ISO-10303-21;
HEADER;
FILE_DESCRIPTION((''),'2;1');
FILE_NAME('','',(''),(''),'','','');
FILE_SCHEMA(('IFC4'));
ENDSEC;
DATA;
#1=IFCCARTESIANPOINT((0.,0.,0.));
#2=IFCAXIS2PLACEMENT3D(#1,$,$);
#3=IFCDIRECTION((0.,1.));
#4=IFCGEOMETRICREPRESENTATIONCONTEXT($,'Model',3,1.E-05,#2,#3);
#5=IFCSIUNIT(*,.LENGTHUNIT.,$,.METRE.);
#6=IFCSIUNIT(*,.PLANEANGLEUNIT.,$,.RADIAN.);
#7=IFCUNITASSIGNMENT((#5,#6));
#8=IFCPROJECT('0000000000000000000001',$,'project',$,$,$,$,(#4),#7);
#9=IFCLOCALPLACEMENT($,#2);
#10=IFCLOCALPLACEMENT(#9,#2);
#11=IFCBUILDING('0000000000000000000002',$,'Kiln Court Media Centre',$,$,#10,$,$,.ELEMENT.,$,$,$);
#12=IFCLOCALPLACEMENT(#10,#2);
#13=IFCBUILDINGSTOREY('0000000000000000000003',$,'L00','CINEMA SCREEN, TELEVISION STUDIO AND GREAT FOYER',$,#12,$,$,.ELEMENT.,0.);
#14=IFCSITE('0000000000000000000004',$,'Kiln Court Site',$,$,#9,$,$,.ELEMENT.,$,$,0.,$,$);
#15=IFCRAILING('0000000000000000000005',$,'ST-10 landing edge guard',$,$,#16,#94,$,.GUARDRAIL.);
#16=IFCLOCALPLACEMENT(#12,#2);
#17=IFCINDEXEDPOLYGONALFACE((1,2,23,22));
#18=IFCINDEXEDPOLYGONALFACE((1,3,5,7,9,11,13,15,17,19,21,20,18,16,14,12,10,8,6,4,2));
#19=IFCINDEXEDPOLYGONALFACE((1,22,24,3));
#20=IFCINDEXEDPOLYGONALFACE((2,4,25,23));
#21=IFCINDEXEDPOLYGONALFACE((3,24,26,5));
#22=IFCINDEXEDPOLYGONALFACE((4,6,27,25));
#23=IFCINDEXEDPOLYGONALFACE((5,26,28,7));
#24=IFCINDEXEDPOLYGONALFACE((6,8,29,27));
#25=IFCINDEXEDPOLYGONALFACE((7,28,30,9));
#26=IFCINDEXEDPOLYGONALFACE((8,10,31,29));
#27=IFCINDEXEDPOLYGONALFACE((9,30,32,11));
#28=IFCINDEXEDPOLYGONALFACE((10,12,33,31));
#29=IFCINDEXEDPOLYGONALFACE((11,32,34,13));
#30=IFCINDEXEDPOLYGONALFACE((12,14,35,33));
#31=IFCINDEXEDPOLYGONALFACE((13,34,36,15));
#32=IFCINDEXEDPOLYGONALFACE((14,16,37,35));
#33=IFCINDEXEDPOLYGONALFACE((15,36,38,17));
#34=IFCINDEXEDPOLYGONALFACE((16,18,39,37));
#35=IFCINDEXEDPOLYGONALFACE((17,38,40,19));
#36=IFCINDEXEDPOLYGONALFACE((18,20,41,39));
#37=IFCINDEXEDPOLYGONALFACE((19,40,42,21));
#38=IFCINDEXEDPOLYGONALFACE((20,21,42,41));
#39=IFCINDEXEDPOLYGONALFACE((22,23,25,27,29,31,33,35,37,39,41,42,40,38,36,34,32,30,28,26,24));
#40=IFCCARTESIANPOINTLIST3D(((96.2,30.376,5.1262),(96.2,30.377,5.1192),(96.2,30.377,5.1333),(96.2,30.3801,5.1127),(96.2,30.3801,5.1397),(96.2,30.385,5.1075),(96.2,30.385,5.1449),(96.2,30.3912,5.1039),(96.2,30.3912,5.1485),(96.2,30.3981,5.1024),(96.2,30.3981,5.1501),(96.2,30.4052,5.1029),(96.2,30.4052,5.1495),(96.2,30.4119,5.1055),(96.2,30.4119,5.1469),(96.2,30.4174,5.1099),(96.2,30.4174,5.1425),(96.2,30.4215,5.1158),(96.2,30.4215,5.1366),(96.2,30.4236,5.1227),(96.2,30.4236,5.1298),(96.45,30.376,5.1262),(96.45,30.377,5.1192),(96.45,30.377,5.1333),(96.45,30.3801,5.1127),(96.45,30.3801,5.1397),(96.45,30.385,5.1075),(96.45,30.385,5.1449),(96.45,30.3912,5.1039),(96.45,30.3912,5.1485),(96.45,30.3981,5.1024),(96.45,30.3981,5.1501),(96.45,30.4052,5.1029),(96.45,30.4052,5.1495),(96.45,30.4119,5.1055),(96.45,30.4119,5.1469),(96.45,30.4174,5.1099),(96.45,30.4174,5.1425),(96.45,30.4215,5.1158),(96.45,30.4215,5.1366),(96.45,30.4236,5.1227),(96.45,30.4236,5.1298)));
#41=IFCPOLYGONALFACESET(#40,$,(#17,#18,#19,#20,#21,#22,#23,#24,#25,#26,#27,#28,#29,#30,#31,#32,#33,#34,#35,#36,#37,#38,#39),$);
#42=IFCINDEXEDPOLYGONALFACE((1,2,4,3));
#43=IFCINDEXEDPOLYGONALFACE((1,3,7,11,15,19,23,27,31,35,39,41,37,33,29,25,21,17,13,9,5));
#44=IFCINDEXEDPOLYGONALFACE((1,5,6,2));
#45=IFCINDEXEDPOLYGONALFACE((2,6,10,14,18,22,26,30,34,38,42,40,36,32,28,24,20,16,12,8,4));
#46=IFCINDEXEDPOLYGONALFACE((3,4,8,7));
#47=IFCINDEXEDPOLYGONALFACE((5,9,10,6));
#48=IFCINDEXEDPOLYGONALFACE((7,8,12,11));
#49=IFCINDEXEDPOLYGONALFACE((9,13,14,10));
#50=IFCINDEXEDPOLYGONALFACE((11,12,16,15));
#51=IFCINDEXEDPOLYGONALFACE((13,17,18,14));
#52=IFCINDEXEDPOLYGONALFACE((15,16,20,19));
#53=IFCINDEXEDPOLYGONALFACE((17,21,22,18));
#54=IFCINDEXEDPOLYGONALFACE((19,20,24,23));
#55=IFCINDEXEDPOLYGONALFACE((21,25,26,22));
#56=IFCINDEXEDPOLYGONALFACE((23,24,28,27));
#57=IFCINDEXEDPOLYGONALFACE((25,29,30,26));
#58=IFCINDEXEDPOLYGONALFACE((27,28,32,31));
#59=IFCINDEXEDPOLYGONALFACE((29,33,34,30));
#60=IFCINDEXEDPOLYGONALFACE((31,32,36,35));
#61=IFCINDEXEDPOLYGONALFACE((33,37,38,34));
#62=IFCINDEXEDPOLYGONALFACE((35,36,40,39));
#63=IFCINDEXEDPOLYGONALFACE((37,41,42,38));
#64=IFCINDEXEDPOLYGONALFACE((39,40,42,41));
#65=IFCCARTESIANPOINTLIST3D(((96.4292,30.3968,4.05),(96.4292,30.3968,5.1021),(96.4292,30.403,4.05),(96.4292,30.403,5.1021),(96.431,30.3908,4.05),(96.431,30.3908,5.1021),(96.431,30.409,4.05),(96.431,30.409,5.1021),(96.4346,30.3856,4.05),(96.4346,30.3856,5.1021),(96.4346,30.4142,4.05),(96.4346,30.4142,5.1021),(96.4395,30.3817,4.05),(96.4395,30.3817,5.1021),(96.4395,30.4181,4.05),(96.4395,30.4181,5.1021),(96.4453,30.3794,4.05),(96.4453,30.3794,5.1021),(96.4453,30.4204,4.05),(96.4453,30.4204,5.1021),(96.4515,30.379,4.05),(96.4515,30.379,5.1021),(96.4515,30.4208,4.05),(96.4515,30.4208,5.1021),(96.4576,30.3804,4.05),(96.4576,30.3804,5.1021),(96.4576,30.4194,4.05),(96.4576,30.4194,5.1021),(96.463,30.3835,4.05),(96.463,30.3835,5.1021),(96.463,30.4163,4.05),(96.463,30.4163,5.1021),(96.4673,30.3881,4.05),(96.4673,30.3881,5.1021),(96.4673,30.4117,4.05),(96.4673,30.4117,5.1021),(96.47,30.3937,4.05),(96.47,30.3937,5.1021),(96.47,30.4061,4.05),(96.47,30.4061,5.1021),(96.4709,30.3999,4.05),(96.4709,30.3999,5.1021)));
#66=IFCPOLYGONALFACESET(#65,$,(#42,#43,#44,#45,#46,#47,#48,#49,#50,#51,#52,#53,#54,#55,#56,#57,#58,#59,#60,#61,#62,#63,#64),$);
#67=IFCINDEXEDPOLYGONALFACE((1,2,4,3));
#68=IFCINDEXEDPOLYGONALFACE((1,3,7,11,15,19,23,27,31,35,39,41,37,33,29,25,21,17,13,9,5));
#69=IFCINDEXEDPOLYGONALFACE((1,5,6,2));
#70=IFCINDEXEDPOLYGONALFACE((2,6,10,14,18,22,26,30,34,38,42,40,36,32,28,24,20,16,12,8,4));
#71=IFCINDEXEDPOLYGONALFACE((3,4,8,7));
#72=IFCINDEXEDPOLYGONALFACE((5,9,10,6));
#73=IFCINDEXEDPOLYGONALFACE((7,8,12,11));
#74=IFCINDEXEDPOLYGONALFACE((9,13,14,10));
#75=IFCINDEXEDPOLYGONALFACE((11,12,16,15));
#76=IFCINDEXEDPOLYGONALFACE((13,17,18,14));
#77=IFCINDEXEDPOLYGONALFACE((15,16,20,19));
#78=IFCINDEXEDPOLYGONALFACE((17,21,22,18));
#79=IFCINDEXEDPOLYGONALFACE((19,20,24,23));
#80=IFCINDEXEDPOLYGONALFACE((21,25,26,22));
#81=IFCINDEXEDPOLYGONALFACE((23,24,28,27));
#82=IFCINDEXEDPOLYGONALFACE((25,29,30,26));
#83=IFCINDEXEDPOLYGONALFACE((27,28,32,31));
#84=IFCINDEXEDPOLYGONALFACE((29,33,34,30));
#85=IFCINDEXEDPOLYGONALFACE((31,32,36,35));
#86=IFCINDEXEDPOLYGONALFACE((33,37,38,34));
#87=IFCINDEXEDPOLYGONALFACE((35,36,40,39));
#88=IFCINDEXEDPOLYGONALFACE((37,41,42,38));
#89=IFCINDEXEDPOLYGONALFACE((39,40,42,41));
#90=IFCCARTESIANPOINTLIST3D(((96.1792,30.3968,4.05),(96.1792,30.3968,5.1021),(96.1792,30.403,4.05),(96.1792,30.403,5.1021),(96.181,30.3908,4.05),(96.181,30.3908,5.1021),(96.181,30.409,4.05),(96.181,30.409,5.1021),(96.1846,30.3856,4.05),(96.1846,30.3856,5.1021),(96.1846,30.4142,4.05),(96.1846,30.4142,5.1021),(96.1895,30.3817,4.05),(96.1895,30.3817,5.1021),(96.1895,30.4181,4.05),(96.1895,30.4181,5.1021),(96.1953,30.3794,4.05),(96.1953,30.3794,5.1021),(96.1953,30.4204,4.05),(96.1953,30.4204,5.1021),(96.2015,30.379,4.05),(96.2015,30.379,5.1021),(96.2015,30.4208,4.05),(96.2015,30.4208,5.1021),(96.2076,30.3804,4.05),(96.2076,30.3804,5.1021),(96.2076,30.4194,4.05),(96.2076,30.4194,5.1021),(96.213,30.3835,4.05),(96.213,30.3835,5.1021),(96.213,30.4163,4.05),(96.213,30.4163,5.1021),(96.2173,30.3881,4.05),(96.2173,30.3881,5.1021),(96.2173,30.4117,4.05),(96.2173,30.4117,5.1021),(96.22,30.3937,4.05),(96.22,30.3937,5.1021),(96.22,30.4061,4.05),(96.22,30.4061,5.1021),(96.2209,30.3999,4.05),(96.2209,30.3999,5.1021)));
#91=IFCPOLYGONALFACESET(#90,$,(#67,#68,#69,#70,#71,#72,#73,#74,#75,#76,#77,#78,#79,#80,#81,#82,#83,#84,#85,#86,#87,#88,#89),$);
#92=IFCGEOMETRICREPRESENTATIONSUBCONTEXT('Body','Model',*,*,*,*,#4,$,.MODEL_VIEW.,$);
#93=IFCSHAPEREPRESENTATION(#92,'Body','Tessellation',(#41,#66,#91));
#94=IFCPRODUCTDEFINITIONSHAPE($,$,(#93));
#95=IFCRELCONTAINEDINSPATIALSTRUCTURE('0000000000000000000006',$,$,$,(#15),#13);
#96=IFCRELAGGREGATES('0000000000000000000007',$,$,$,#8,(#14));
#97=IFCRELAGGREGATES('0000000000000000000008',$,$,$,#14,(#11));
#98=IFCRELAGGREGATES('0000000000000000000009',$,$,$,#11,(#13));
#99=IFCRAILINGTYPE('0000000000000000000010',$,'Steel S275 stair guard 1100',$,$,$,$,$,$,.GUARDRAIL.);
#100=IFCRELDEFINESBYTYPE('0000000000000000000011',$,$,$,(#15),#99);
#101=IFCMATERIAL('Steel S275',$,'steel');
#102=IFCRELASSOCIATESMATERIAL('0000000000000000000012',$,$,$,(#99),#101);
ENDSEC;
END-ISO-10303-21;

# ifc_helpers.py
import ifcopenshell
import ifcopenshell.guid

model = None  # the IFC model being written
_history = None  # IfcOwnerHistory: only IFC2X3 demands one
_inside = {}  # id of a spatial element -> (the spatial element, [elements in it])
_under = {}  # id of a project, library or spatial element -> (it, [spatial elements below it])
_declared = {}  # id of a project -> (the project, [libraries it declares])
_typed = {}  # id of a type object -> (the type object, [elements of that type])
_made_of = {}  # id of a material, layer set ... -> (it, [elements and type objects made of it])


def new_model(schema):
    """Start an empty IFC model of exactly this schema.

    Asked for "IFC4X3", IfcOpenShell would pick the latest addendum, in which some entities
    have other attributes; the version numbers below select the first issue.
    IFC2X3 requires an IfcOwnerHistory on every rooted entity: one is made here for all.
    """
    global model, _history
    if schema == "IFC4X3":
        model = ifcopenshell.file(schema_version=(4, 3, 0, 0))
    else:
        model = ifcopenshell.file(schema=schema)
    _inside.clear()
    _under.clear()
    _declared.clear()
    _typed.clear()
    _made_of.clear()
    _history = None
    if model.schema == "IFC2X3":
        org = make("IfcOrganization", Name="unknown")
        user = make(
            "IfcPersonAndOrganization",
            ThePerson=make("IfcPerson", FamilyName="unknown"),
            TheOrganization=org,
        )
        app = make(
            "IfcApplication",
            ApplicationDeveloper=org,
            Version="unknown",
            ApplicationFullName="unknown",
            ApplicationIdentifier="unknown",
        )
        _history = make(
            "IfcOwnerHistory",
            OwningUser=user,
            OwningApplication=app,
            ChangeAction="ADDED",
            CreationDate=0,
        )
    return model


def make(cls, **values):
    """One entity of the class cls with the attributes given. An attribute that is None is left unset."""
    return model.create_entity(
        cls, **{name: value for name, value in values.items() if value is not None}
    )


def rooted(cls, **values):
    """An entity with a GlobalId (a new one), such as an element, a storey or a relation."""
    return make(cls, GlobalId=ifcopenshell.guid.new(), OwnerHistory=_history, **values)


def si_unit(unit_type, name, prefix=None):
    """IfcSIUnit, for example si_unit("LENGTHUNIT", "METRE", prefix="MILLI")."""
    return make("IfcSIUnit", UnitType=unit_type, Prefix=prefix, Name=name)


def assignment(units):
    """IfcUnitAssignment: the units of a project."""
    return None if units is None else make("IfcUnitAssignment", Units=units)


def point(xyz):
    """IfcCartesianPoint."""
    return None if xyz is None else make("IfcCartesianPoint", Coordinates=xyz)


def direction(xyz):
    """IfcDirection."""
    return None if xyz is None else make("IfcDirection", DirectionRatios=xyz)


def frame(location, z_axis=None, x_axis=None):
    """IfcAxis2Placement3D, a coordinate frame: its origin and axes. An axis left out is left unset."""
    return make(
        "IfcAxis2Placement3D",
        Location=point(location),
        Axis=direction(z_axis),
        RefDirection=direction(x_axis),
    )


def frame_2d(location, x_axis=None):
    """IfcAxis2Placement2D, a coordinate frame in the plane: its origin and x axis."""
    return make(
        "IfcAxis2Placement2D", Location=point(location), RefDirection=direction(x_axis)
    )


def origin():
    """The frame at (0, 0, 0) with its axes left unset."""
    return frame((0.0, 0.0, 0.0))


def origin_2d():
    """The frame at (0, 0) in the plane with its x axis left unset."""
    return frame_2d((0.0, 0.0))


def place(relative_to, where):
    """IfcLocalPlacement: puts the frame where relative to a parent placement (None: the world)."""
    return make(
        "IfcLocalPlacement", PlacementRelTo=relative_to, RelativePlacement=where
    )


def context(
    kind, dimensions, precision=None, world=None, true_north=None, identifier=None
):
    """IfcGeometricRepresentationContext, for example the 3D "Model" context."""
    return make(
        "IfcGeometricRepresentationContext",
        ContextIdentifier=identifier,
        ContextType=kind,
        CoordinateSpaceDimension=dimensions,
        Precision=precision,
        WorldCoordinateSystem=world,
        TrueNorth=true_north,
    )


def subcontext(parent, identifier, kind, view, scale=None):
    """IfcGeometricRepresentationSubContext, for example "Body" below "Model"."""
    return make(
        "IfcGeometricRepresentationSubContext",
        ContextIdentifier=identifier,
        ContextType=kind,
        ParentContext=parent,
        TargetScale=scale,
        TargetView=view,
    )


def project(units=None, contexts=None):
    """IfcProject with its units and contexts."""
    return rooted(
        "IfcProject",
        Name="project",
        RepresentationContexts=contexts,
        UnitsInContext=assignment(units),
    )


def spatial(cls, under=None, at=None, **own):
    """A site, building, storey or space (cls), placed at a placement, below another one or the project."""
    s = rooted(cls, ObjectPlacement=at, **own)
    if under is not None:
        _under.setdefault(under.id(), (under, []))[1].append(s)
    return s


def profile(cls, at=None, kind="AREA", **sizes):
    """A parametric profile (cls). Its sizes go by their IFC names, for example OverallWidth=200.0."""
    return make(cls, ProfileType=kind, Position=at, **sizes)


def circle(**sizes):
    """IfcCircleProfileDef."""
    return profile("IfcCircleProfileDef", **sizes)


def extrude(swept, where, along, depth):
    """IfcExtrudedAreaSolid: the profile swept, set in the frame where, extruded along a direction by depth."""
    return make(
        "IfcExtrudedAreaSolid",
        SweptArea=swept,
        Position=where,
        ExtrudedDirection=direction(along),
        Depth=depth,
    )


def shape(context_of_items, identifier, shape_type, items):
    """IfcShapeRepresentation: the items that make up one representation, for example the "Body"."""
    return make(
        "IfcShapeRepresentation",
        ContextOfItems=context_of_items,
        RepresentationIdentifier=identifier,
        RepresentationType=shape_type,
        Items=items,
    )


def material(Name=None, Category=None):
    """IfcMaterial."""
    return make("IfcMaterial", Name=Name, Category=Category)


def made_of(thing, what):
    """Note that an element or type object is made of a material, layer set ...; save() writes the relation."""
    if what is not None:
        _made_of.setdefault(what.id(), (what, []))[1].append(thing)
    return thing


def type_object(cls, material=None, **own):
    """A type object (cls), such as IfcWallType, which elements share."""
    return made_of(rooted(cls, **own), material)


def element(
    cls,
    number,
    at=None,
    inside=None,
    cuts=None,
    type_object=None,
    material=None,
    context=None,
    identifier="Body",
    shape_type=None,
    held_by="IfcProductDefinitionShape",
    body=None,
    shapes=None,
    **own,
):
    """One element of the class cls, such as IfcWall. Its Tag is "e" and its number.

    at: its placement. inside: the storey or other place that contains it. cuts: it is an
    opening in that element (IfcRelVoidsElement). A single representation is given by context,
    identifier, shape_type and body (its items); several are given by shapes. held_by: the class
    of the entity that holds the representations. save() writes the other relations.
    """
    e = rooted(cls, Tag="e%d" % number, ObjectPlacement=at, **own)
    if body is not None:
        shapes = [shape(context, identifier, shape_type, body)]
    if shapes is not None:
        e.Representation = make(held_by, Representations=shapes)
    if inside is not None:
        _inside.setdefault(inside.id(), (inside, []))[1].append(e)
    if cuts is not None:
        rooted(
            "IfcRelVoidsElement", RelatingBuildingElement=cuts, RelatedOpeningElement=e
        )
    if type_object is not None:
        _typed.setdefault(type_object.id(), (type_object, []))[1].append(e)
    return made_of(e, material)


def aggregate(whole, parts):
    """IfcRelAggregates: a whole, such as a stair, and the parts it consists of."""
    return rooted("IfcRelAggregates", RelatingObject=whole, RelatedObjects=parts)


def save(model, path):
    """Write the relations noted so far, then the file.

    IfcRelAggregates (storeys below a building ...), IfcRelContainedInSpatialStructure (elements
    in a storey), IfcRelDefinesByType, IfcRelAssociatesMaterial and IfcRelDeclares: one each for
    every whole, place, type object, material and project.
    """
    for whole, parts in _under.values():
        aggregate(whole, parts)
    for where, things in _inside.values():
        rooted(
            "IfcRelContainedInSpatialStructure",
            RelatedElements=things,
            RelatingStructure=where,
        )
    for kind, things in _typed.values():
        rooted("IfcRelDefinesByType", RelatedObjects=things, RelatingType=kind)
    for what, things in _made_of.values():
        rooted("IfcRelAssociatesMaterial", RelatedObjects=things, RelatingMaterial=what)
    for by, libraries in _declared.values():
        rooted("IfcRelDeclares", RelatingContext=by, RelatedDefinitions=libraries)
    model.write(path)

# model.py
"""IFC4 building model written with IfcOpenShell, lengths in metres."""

from ifc_helpers import new_model, si_unit, direction, frame, origin, origin_2d, place, context, subcontext, project, spatial, circle, extrude, material, type_object, element, save


model = new_model("IFC4")

# Units and contexts
model_context = context("Model", 3, precision=1e-05, world=origin(), true_north=direction((0.0, 1.0)))
body_context = subcontext(model_context, "Body", "Model", "MODEL_VIEW")
ifc_project = project(units=[si_unit("LENGTHUNIT", "METRE"), si_unit("PLANEANGLEUNIT", "RADIAN")], contexts=[model_context])

# Site, building, storey
site_placement = place(None, origin())
site = spatial("IfcSite", under=ifc_project, at=site_placement, Name="Kiln Court Site", CompositionType="ELEMENT", RefElevation=0.0)
building_placement = place(site_placement, origin())
building = spatial("IfcBuilding", under=site, at=building_placement, Name="Kiln Court Media Centre", CompositionType="ELEMENT")
storey_placement = place(building_placement, origin())
storey = spatial("IfcBuildingStorey", under=building, at=storey_placement, Name="L00", Description="CINEMA SCREEN, TELEVISION STUDIO AND GREAT FOYER", CompositionType="ELEMENT", Elevation=0.0)

# Railing
ifc_material_1 = material(Name="Steel S275", Category="steel")
railing_type_1 = type_object("IfcRailingType", Name="Steel S275 stair guard 1100", PredefinedType="GUARDRAIL", material=ifc_material_1)
for number, where, name in (
    (1, (96.45, 30.3999, 4.05), "ST-10 landing edge guard"),
):
    element("IfcRailing", number, at=place(storey_placement, frame(where)), inside=storey, type_object=railing_type_1, Name=name, PredefinedType="GUARDRAIL", context=body_context, shape_type="SweptSolid", body=[
        extrude(circle(Radius=0.0239, at=origin_2d()), frame((0.0, 0.0, 1.0762), z_axis=(-1.0, 0.0, 0.0), x_axis=(0.0, -1.0, 0.0)), (0.0, 0.0, 1.0), 0.25),
        extrude(circle(Radius=0.021, at=origin_2d()), origin(), (0.0, 0.0, 1.0), 1.052),
        extrude(circle(Radius=0.021, at=origin_2d()), frame((-0.25, 0.0, 0.0)), (0.0, 0.0, 1.0), 1.052),
    ])

save(model, "model.ifc")
